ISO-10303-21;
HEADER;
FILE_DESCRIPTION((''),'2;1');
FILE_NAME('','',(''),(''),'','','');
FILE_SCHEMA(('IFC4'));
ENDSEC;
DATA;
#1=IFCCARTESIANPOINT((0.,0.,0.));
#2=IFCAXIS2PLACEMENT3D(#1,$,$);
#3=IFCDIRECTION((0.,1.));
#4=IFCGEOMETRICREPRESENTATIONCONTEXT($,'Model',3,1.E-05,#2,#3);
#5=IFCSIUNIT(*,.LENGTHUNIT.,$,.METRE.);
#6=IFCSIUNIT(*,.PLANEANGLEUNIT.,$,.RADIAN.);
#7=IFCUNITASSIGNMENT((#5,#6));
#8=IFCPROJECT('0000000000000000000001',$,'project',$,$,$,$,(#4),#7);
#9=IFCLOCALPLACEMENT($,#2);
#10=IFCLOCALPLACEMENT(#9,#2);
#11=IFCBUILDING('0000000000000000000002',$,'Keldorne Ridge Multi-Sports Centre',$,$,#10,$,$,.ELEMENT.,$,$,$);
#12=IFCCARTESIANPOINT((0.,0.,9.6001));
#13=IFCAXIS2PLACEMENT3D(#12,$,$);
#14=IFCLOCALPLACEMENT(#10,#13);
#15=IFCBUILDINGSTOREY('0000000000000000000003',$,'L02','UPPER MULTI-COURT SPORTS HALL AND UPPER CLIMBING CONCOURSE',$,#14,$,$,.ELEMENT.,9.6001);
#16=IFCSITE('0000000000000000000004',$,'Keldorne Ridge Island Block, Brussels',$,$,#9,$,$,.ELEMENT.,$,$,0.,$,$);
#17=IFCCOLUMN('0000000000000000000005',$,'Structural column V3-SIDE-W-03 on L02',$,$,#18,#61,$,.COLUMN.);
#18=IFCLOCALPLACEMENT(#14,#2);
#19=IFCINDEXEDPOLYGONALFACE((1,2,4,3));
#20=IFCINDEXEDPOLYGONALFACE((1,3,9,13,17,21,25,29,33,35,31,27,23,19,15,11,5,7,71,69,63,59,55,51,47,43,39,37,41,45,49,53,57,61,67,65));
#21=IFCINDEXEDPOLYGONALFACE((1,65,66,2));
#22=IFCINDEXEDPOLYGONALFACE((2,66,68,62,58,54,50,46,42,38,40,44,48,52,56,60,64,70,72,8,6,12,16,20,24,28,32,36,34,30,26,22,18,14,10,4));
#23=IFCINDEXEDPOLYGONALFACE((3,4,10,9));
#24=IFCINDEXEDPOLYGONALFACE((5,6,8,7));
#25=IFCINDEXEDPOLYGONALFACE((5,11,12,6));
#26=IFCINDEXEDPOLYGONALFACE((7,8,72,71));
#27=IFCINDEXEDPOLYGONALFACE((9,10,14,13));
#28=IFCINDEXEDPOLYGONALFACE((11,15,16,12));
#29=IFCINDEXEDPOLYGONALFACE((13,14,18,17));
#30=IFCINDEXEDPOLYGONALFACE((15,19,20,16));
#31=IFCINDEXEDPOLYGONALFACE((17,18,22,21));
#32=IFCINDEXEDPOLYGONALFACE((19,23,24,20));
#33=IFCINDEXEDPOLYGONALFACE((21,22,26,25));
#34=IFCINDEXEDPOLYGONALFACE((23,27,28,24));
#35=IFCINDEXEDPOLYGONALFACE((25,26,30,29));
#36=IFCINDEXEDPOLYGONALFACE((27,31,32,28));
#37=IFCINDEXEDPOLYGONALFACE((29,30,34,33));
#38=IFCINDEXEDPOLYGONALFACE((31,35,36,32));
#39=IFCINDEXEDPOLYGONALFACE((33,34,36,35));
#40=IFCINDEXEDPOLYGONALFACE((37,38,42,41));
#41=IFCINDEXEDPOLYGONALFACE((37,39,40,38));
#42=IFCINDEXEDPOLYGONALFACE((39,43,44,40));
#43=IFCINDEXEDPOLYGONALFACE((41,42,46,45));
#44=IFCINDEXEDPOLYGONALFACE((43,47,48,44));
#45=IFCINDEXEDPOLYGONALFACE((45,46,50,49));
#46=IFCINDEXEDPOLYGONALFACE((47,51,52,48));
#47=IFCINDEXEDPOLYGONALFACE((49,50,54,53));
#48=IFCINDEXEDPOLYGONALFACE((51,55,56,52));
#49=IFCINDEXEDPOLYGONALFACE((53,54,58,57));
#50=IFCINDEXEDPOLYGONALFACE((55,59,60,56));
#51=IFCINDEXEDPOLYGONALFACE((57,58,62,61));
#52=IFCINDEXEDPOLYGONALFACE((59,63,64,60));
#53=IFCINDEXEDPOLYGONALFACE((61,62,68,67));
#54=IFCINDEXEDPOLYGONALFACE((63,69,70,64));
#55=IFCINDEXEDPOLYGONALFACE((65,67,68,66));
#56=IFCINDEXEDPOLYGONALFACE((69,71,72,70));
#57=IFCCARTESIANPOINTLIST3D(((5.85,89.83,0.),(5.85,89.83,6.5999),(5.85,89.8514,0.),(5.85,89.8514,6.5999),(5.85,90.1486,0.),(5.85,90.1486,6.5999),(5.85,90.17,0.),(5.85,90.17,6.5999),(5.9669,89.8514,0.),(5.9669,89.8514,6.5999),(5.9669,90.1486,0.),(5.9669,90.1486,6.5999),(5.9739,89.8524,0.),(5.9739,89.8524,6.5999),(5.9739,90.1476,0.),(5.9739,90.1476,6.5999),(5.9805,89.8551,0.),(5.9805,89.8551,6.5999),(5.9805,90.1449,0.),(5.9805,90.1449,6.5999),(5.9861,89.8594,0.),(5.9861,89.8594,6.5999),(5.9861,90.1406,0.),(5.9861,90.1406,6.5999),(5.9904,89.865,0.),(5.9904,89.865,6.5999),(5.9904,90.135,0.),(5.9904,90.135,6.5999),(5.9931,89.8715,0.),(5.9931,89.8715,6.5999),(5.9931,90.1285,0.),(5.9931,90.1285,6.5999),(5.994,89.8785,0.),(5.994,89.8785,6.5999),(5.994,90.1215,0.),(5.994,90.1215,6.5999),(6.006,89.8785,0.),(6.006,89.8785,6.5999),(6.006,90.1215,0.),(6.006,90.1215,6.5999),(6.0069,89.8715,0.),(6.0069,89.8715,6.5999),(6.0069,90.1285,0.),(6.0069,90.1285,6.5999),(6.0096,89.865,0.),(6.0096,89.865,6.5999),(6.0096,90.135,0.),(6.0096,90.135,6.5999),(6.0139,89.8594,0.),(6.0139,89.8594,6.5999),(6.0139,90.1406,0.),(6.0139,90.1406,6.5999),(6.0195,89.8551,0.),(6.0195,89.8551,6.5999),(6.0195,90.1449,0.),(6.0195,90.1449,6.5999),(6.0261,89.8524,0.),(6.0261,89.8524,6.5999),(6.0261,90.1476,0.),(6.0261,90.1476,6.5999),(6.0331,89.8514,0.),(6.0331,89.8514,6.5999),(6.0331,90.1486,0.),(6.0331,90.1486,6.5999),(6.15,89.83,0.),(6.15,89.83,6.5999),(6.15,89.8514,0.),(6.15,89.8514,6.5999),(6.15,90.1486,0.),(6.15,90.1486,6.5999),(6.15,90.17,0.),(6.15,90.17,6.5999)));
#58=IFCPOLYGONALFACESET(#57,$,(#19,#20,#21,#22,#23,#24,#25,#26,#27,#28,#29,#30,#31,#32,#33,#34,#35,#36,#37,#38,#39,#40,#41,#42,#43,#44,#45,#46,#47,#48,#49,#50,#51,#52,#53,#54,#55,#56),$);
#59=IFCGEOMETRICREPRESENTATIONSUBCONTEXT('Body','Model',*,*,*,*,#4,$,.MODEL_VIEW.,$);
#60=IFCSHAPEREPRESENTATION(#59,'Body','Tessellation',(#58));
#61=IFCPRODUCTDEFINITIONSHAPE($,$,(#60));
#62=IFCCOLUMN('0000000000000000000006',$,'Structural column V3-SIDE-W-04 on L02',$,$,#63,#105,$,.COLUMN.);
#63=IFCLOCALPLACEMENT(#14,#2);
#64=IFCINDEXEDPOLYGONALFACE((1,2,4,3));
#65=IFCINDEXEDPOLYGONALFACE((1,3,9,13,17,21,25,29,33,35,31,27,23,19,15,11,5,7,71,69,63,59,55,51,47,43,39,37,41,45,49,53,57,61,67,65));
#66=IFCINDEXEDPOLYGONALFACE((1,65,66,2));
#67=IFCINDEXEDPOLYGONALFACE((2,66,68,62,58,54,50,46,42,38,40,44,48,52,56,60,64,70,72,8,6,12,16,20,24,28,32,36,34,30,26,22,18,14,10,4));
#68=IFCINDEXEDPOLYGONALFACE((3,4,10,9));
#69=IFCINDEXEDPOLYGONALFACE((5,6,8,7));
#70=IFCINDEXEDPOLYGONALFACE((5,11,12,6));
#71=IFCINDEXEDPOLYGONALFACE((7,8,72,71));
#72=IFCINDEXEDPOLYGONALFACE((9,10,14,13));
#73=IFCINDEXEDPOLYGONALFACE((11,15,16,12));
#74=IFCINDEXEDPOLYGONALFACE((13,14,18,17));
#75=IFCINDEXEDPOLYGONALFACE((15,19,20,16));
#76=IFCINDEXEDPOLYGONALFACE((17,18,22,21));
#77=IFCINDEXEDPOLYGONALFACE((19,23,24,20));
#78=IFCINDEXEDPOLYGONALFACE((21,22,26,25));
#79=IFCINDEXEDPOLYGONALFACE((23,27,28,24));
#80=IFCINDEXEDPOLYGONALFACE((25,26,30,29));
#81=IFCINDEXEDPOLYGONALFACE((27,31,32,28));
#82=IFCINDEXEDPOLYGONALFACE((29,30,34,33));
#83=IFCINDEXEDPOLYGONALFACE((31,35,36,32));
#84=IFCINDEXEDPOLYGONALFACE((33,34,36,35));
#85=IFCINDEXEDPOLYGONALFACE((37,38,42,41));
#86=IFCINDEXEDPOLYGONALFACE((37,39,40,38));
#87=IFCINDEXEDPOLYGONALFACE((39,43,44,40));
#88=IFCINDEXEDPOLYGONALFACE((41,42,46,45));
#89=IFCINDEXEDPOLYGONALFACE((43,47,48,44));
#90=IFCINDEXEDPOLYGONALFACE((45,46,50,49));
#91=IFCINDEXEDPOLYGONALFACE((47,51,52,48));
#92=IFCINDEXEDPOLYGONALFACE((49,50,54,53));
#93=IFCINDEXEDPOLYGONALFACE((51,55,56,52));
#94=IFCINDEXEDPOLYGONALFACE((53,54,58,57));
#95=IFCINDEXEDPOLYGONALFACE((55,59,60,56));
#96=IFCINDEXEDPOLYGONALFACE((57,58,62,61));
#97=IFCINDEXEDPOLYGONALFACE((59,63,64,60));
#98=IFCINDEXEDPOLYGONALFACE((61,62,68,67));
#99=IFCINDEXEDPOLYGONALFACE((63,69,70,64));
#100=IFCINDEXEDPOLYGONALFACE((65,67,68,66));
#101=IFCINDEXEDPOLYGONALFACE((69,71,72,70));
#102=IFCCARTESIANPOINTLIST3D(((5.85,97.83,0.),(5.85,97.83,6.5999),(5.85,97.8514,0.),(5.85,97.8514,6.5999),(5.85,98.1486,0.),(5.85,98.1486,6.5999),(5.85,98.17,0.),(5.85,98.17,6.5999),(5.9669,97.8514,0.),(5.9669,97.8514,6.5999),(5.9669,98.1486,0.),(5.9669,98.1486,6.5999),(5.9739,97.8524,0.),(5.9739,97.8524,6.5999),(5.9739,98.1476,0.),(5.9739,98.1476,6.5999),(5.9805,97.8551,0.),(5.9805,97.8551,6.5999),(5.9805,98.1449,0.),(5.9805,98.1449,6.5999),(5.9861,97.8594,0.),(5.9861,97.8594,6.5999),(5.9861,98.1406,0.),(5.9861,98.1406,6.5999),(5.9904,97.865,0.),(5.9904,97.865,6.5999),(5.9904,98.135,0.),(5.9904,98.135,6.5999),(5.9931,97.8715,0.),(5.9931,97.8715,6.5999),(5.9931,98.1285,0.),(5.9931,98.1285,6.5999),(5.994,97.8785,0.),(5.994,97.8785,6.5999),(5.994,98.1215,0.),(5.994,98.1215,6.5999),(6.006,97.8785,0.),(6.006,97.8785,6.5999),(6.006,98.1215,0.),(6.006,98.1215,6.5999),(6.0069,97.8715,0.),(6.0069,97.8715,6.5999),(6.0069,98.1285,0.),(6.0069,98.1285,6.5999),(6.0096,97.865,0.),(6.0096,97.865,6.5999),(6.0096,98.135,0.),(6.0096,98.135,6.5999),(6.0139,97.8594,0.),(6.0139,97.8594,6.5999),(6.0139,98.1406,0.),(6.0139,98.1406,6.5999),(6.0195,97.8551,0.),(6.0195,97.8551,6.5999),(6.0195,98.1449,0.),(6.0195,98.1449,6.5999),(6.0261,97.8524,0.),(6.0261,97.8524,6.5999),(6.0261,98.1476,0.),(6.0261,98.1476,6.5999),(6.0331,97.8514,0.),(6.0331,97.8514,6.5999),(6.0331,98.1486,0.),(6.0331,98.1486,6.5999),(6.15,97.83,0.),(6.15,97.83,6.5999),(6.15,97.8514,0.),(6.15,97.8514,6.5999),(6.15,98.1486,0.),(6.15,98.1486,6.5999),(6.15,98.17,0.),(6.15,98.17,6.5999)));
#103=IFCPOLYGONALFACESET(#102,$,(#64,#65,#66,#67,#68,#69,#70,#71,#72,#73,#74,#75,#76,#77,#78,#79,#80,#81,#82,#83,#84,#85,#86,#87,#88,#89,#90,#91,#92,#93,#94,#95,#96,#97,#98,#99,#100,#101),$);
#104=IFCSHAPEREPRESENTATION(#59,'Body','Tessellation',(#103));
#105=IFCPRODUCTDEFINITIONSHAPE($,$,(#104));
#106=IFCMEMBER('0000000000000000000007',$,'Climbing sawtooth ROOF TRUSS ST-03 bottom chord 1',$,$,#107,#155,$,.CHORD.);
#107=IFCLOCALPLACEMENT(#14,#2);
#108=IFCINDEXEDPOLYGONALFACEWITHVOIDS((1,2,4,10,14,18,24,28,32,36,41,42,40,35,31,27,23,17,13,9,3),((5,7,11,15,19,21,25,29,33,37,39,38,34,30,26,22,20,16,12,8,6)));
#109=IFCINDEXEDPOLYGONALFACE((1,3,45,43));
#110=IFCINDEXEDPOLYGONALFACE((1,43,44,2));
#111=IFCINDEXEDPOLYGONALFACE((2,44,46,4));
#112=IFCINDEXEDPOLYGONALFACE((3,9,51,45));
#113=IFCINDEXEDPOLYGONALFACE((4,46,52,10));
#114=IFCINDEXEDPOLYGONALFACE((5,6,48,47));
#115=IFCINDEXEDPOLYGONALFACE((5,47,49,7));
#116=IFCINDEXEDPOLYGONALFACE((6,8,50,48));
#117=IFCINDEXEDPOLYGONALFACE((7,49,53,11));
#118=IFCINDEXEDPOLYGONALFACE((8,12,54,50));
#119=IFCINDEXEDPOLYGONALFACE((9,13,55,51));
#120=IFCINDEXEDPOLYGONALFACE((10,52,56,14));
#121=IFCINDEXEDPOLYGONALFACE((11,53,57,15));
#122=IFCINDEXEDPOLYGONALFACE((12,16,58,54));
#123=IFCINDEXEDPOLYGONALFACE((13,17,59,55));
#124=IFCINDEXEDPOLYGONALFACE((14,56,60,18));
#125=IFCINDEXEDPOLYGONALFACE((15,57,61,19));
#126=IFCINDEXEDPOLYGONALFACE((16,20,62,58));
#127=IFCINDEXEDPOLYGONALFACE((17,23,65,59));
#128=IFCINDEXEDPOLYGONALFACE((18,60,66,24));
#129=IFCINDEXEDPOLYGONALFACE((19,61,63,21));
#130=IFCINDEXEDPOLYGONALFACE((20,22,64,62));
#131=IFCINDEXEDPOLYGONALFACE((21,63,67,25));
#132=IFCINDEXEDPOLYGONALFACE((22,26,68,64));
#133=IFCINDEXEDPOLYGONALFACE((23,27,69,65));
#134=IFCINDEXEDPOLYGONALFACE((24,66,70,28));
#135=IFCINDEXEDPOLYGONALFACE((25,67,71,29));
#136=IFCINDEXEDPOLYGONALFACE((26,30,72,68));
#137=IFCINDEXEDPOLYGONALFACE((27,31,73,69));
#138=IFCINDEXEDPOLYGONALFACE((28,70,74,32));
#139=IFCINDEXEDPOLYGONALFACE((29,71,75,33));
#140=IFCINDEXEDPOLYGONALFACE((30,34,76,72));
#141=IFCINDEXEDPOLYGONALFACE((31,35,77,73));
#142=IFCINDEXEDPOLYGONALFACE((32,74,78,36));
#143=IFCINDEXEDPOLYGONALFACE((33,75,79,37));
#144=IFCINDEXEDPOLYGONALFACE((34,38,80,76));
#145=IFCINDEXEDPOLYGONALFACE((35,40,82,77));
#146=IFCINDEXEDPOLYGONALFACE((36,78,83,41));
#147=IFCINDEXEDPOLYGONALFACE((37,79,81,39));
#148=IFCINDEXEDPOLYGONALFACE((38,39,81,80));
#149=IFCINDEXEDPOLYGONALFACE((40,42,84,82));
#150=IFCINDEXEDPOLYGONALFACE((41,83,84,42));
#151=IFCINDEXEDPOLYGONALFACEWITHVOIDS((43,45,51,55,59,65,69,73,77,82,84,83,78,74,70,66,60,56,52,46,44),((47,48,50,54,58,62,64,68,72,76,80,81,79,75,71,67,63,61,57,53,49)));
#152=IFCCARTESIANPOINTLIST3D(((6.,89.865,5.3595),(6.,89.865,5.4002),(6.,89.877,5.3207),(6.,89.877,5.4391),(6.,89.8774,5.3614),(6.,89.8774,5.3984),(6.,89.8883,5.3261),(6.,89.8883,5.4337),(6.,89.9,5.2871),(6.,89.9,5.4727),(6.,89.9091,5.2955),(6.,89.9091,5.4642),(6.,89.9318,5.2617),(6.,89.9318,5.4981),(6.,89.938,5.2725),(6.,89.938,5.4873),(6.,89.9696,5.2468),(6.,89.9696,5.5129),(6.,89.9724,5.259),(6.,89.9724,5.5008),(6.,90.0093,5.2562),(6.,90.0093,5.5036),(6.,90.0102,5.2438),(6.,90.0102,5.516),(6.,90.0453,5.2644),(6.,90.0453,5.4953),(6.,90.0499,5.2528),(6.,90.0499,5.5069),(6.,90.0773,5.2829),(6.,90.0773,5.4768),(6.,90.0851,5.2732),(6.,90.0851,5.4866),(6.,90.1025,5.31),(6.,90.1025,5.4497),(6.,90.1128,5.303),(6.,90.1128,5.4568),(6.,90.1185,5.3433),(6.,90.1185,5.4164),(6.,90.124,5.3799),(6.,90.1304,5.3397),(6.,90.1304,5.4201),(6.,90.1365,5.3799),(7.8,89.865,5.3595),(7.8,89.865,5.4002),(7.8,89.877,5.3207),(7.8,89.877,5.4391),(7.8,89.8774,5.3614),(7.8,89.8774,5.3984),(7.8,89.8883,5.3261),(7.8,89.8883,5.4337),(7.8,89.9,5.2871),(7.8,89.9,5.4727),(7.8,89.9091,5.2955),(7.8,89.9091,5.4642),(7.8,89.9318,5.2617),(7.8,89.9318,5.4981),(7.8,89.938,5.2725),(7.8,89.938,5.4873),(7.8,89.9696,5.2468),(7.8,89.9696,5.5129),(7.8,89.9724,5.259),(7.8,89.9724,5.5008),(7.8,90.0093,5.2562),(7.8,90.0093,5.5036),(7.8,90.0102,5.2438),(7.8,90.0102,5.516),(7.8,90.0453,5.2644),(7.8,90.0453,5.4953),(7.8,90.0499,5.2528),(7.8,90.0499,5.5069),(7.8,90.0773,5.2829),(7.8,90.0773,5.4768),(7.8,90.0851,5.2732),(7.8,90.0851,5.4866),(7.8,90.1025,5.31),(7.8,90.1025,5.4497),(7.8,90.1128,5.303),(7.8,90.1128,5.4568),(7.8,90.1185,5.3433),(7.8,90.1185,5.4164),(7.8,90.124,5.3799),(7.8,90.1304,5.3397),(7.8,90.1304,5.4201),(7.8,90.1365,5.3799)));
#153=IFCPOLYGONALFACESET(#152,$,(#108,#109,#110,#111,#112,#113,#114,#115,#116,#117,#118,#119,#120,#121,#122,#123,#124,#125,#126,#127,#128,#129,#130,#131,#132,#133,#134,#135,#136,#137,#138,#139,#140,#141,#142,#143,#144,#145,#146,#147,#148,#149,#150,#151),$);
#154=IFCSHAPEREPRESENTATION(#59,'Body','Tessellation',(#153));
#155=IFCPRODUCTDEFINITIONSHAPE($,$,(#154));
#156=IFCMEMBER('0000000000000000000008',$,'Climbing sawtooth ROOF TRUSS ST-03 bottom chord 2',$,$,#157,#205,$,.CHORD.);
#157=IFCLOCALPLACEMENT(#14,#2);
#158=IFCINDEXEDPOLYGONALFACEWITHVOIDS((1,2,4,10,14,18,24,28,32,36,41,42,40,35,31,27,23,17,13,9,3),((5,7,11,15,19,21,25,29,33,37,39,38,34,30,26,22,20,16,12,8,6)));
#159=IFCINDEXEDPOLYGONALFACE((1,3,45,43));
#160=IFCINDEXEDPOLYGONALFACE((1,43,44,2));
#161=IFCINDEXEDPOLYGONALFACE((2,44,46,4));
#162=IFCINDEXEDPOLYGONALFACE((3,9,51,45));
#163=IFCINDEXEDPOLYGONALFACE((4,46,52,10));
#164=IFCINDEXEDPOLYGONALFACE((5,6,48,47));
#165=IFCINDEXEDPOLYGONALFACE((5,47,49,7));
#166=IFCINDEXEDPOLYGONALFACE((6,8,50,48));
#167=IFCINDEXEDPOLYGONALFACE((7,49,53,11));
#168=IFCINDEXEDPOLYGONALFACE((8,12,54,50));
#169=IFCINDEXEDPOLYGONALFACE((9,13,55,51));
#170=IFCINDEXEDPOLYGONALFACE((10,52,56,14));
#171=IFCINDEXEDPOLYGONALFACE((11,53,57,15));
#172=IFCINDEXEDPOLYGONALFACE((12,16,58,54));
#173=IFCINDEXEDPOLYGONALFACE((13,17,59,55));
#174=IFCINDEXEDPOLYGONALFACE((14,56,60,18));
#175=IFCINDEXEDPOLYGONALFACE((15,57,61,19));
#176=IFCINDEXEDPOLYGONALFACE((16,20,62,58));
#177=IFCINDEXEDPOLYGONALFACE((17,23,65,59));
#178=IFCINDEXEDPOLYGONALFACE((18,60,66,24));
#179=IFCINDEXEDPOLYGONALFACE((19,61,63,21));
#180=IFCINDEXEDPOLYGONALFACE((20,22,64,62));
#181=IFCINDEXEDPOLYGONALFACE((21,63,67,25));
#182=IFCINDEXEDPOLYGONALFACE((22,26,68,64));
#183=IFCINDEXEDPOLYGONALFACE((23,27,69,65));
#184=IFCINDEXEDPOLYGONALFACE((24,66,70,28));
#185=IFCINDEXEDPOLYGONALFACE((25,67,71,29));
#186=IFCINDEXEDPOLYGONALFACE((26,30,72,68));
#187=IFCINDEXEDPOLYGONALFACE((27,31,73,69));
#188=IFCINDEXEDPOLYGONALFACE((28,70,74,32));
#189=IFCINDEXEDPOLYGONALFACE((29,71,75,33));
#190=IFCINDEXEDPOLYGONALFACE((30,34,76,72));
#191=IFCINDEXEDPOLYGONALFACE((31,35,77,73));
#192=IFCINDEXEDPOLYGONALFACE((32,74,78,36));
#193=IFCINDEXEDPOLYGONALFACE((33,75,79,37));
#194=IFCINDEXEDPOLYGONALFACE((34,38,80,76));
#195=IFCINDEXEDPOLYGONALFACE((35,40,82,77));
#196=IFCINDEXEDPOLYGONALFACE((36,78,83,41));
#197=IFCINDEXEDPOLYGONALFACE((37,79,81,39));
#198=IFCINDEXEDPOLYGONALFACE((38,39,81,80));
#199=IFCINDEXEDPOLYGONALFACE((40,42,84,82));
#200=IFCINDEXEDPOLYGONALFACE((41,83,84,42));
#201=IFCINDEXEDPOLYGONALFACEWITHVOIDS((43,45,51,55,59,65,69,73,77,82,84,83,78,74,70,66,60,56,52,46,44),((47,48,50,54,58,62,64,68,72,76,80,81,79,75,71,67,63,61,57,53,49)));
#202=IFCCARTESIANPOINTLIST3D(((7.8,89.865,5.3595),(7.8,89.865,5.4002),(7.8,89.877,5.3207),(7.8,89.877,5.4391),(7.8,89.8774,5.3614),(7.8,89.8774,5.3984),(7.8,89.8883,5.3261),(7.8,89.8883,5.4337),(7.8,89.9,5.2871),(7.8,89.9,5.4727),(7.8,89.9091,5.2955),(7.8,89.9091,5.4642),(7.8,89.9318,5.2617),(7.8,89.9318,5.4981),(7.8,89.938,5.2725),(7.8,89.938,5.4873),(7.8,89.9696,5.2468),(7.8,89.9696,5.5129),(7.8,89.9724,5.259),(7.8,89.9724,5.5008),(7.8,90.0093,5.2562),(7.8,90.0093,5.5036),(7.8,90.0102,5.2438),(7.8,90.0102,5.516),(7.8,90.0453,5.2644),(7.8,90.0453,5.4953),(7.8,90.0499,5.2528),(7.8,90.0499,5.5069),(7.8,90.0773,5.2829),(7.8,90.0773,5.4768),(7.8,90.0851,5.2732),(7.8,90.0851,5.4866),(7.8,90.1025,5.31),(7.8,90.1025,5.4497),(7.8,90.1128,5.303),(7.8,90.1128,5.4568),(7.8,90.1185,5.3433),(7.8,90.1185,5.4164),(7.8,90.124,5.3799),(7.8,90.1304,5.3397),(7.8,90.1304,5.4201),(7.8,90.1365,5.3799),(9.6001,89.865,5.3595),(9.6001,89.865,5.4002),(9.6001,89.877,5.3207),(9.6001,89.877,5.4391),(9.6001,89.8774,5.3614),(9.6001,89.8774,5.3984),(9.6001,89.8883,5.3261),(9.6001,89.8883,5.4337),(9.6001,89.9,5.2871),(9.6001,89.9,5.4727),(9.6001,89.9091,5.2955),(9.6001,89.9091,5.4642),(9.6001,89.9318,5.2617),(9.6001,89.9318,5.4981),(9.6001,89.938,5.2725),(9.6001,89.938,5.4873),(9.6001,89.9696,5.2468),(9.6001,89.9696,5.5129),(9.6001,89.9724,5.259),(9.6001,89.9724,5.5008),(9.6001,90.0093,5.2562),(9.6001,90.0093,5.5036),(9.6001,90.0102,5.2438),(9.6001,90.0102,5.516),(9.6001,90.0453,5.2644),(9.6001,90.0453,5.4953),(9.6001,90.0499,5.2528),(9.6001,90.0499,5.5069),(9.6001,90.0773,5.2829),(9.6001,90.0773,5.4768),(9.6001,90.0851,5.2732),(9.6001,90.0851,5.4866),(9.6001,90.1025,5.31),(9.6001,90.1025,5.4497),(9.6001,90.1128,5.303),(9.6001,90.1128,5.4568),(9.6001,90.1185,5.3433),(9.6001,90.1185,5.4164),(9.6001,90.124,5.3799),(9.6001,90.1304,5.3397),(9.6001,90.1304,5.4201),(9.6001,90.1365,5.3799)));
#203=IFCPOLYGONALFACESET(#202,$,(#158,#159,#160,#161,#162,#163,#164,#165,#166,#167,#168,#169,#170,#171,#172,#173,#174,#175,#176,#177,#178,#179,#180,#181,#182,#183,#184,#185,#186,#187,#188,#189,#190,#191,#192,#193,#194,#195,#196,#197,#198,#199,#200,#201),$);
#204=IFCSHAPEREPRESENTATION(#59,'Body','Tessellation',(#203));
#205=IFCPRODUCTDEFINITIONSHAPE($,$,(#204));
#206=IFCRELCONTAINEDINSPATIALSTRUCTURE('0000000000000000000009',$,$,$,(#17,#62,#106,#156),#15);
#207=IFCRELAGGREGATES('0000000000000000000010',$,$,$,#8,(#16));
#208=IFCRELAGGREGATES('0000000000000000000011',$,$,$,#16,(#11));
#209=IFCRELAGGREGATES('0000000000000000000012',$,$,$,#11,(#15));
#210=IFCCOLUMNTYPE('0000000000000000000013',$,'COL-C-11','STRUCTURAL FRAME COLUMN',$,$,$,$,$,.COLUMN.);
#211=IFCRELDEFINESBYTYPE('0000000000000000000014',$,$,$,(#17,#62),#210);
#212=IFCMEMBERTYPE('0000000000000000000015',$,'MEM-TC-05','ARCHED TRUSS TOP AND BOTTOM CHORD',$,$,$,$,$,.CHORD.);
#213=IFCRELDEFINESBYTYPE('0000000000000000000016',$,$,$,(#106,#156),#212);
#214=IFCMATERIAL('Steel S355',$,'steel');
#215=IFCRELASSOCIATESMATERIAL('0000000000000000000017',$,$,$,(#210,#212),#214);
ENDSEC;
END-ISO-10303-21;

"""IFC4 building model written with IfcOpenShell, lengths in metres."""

from ifc_helpers import new_model, si_unit, direction, frame, origin, origin_2d, place, context, subcontext, project, spatial, hollow_circle, i_section, extrude, material, material_profile, profile_set, type_object, element, save


model = new_model("IFC4")

# Units and contexts
model_context = context("Model", 3, precision=1e-05, world=origin(), true_north=direction((0.0, 1.0)))
body_context = subcontext(model_context, "Body", "Model", "MODEL_VIEW")
ifc_project = project(units=[si_unit("LENGTHUNIT", "METRE"), si_unit("PLANEANGLEUNIT", "RADIAN")], contexts=[model_context])

# Site, building, storey
site_placement = place(None, origin())
site = spatial("IfcSite", under=ifc_project, at=site_placement, Name="Keldorne Ridge Island Block, Brussels", CompositionType="ELEMENT", RefElevation=0.0)
building_placement = place(site_placement, origin())
building = spatial("IfcBuilding", under=site, at=building_placement, Name="Keldorne Ridge Multi-Sports Centre", CompositionType="ELEMENT")
storey_placement = place(building_placement, frame((0.0, 0.0, 9.6001)))
storey = spatial("IfcBuildingStorey", under=building, at=storey_placement, Name="L02", Description="UPPER MULTI-COURT SPORTS HALL AND UPPER CLIMBING CONCOURSE", CompositionType="ELEMENT", Elevation=9.6001)

# Columns
ifc_material_1 = material(Name="Steel S355", Category="steel")
ifc_material_profile_1 = material_profile(ifc_material_1, i_section(OverallWidth=0.3, OverallDepth=0.3401, WebThickness=0.012, FlangeThickness=0.0215, FilletRadius=0.0271, at=origin_2d()), Name="HEB 340")
ifc_profile_set_1 = profile_set([ifc_material_profile_1], Name="Steel S355")
column_type = type_object("IfcColumnType", Name="COL-C-11", Description="STRUCTURAL FRAME COLUMN", PredefinedType="COLUMN", material=ifc_profile_set_1)
for number, where, z_axis, x_axis, name in (
    (1, (6.0, 90.0, 0.0), (0.0, 0.0, 1.0), (1.0, 0.0, 0.0), "Structural column V3-SIDE-W-03 on L02"),
    (2, (6.0, 98.0, 0.0), (0.0, 0.0, 1.0), (1.0, 0.0, 0.0), "Structural column V3-SIDE-W-04 on L02"),
):
    element("IfcColumn", number, at=place(storey_placement, frame(where, z_axis=z_axis, x_axis=x_axis)), inside=storey, type_object=column_type, Name=name, PredefinedType="COLUMN", context=body_context, shape_type="SweptSolid", body=[
        extrude(i_section(OverallWidth=0.3, OverallDepth=0.3401, WebThickness=0.012, FlangeThickness=0.0215, FilletRadius=0.0271, at=origin_2d()), origin(), (0.0, 0.0, 1.0), 6.5999),
    ])

# Members
ifc_material_profile_2 = material_profile(ifc_material_1, hollow_circle(Radius=0.1365, WallThickness=0.0125, at=origin_2d()), Name="CHS 273x12.5")
ifc_profile_set_2 = profile_set([ifc_material_profile_2], Name="Steel S355")
member_type_1 = type_object("IfcMemberType", Name="MEM-TC-05", Description="ARCHED TRUSS TOP AND BOTTOM CHORD", PredefinedType="CHORD", material=ifc_profile_set_2)
for number, where, z_axis, x_axis, name in (
    (3, (6.0, 90.0, 5.3799), (1.0, 0.0, 0.0), (0.0, 1.0, 0.0), "Climbing sawtooth ROOF TRUSS ST-03 bottom chord 1"),
    (4, (7.8, 90.0, 5.3799), (1.0, 0.0, 0.0), (0.0, 1.0, 0.0), "Climbing sawtooth ROOF TRUSS ST-03 bottom chord 2"),
):
    element("IfcMember", number, at=place(storey_placement, frame(where, z_axis=z_axis, x_axis=x_axis)), inside=storey, type_object=member_type_1, Name=name, PredefinedType="CHORD", context=body_context, shape_type="SweptSolid", body=[
        extrude(hollow_circle(Radius=0.1365, WallThickness=0.0125, at=origin_2d()), origin(), (0.0, 0.0, 1.0), 1.8),
    ])

save(model, "model.ifc")
